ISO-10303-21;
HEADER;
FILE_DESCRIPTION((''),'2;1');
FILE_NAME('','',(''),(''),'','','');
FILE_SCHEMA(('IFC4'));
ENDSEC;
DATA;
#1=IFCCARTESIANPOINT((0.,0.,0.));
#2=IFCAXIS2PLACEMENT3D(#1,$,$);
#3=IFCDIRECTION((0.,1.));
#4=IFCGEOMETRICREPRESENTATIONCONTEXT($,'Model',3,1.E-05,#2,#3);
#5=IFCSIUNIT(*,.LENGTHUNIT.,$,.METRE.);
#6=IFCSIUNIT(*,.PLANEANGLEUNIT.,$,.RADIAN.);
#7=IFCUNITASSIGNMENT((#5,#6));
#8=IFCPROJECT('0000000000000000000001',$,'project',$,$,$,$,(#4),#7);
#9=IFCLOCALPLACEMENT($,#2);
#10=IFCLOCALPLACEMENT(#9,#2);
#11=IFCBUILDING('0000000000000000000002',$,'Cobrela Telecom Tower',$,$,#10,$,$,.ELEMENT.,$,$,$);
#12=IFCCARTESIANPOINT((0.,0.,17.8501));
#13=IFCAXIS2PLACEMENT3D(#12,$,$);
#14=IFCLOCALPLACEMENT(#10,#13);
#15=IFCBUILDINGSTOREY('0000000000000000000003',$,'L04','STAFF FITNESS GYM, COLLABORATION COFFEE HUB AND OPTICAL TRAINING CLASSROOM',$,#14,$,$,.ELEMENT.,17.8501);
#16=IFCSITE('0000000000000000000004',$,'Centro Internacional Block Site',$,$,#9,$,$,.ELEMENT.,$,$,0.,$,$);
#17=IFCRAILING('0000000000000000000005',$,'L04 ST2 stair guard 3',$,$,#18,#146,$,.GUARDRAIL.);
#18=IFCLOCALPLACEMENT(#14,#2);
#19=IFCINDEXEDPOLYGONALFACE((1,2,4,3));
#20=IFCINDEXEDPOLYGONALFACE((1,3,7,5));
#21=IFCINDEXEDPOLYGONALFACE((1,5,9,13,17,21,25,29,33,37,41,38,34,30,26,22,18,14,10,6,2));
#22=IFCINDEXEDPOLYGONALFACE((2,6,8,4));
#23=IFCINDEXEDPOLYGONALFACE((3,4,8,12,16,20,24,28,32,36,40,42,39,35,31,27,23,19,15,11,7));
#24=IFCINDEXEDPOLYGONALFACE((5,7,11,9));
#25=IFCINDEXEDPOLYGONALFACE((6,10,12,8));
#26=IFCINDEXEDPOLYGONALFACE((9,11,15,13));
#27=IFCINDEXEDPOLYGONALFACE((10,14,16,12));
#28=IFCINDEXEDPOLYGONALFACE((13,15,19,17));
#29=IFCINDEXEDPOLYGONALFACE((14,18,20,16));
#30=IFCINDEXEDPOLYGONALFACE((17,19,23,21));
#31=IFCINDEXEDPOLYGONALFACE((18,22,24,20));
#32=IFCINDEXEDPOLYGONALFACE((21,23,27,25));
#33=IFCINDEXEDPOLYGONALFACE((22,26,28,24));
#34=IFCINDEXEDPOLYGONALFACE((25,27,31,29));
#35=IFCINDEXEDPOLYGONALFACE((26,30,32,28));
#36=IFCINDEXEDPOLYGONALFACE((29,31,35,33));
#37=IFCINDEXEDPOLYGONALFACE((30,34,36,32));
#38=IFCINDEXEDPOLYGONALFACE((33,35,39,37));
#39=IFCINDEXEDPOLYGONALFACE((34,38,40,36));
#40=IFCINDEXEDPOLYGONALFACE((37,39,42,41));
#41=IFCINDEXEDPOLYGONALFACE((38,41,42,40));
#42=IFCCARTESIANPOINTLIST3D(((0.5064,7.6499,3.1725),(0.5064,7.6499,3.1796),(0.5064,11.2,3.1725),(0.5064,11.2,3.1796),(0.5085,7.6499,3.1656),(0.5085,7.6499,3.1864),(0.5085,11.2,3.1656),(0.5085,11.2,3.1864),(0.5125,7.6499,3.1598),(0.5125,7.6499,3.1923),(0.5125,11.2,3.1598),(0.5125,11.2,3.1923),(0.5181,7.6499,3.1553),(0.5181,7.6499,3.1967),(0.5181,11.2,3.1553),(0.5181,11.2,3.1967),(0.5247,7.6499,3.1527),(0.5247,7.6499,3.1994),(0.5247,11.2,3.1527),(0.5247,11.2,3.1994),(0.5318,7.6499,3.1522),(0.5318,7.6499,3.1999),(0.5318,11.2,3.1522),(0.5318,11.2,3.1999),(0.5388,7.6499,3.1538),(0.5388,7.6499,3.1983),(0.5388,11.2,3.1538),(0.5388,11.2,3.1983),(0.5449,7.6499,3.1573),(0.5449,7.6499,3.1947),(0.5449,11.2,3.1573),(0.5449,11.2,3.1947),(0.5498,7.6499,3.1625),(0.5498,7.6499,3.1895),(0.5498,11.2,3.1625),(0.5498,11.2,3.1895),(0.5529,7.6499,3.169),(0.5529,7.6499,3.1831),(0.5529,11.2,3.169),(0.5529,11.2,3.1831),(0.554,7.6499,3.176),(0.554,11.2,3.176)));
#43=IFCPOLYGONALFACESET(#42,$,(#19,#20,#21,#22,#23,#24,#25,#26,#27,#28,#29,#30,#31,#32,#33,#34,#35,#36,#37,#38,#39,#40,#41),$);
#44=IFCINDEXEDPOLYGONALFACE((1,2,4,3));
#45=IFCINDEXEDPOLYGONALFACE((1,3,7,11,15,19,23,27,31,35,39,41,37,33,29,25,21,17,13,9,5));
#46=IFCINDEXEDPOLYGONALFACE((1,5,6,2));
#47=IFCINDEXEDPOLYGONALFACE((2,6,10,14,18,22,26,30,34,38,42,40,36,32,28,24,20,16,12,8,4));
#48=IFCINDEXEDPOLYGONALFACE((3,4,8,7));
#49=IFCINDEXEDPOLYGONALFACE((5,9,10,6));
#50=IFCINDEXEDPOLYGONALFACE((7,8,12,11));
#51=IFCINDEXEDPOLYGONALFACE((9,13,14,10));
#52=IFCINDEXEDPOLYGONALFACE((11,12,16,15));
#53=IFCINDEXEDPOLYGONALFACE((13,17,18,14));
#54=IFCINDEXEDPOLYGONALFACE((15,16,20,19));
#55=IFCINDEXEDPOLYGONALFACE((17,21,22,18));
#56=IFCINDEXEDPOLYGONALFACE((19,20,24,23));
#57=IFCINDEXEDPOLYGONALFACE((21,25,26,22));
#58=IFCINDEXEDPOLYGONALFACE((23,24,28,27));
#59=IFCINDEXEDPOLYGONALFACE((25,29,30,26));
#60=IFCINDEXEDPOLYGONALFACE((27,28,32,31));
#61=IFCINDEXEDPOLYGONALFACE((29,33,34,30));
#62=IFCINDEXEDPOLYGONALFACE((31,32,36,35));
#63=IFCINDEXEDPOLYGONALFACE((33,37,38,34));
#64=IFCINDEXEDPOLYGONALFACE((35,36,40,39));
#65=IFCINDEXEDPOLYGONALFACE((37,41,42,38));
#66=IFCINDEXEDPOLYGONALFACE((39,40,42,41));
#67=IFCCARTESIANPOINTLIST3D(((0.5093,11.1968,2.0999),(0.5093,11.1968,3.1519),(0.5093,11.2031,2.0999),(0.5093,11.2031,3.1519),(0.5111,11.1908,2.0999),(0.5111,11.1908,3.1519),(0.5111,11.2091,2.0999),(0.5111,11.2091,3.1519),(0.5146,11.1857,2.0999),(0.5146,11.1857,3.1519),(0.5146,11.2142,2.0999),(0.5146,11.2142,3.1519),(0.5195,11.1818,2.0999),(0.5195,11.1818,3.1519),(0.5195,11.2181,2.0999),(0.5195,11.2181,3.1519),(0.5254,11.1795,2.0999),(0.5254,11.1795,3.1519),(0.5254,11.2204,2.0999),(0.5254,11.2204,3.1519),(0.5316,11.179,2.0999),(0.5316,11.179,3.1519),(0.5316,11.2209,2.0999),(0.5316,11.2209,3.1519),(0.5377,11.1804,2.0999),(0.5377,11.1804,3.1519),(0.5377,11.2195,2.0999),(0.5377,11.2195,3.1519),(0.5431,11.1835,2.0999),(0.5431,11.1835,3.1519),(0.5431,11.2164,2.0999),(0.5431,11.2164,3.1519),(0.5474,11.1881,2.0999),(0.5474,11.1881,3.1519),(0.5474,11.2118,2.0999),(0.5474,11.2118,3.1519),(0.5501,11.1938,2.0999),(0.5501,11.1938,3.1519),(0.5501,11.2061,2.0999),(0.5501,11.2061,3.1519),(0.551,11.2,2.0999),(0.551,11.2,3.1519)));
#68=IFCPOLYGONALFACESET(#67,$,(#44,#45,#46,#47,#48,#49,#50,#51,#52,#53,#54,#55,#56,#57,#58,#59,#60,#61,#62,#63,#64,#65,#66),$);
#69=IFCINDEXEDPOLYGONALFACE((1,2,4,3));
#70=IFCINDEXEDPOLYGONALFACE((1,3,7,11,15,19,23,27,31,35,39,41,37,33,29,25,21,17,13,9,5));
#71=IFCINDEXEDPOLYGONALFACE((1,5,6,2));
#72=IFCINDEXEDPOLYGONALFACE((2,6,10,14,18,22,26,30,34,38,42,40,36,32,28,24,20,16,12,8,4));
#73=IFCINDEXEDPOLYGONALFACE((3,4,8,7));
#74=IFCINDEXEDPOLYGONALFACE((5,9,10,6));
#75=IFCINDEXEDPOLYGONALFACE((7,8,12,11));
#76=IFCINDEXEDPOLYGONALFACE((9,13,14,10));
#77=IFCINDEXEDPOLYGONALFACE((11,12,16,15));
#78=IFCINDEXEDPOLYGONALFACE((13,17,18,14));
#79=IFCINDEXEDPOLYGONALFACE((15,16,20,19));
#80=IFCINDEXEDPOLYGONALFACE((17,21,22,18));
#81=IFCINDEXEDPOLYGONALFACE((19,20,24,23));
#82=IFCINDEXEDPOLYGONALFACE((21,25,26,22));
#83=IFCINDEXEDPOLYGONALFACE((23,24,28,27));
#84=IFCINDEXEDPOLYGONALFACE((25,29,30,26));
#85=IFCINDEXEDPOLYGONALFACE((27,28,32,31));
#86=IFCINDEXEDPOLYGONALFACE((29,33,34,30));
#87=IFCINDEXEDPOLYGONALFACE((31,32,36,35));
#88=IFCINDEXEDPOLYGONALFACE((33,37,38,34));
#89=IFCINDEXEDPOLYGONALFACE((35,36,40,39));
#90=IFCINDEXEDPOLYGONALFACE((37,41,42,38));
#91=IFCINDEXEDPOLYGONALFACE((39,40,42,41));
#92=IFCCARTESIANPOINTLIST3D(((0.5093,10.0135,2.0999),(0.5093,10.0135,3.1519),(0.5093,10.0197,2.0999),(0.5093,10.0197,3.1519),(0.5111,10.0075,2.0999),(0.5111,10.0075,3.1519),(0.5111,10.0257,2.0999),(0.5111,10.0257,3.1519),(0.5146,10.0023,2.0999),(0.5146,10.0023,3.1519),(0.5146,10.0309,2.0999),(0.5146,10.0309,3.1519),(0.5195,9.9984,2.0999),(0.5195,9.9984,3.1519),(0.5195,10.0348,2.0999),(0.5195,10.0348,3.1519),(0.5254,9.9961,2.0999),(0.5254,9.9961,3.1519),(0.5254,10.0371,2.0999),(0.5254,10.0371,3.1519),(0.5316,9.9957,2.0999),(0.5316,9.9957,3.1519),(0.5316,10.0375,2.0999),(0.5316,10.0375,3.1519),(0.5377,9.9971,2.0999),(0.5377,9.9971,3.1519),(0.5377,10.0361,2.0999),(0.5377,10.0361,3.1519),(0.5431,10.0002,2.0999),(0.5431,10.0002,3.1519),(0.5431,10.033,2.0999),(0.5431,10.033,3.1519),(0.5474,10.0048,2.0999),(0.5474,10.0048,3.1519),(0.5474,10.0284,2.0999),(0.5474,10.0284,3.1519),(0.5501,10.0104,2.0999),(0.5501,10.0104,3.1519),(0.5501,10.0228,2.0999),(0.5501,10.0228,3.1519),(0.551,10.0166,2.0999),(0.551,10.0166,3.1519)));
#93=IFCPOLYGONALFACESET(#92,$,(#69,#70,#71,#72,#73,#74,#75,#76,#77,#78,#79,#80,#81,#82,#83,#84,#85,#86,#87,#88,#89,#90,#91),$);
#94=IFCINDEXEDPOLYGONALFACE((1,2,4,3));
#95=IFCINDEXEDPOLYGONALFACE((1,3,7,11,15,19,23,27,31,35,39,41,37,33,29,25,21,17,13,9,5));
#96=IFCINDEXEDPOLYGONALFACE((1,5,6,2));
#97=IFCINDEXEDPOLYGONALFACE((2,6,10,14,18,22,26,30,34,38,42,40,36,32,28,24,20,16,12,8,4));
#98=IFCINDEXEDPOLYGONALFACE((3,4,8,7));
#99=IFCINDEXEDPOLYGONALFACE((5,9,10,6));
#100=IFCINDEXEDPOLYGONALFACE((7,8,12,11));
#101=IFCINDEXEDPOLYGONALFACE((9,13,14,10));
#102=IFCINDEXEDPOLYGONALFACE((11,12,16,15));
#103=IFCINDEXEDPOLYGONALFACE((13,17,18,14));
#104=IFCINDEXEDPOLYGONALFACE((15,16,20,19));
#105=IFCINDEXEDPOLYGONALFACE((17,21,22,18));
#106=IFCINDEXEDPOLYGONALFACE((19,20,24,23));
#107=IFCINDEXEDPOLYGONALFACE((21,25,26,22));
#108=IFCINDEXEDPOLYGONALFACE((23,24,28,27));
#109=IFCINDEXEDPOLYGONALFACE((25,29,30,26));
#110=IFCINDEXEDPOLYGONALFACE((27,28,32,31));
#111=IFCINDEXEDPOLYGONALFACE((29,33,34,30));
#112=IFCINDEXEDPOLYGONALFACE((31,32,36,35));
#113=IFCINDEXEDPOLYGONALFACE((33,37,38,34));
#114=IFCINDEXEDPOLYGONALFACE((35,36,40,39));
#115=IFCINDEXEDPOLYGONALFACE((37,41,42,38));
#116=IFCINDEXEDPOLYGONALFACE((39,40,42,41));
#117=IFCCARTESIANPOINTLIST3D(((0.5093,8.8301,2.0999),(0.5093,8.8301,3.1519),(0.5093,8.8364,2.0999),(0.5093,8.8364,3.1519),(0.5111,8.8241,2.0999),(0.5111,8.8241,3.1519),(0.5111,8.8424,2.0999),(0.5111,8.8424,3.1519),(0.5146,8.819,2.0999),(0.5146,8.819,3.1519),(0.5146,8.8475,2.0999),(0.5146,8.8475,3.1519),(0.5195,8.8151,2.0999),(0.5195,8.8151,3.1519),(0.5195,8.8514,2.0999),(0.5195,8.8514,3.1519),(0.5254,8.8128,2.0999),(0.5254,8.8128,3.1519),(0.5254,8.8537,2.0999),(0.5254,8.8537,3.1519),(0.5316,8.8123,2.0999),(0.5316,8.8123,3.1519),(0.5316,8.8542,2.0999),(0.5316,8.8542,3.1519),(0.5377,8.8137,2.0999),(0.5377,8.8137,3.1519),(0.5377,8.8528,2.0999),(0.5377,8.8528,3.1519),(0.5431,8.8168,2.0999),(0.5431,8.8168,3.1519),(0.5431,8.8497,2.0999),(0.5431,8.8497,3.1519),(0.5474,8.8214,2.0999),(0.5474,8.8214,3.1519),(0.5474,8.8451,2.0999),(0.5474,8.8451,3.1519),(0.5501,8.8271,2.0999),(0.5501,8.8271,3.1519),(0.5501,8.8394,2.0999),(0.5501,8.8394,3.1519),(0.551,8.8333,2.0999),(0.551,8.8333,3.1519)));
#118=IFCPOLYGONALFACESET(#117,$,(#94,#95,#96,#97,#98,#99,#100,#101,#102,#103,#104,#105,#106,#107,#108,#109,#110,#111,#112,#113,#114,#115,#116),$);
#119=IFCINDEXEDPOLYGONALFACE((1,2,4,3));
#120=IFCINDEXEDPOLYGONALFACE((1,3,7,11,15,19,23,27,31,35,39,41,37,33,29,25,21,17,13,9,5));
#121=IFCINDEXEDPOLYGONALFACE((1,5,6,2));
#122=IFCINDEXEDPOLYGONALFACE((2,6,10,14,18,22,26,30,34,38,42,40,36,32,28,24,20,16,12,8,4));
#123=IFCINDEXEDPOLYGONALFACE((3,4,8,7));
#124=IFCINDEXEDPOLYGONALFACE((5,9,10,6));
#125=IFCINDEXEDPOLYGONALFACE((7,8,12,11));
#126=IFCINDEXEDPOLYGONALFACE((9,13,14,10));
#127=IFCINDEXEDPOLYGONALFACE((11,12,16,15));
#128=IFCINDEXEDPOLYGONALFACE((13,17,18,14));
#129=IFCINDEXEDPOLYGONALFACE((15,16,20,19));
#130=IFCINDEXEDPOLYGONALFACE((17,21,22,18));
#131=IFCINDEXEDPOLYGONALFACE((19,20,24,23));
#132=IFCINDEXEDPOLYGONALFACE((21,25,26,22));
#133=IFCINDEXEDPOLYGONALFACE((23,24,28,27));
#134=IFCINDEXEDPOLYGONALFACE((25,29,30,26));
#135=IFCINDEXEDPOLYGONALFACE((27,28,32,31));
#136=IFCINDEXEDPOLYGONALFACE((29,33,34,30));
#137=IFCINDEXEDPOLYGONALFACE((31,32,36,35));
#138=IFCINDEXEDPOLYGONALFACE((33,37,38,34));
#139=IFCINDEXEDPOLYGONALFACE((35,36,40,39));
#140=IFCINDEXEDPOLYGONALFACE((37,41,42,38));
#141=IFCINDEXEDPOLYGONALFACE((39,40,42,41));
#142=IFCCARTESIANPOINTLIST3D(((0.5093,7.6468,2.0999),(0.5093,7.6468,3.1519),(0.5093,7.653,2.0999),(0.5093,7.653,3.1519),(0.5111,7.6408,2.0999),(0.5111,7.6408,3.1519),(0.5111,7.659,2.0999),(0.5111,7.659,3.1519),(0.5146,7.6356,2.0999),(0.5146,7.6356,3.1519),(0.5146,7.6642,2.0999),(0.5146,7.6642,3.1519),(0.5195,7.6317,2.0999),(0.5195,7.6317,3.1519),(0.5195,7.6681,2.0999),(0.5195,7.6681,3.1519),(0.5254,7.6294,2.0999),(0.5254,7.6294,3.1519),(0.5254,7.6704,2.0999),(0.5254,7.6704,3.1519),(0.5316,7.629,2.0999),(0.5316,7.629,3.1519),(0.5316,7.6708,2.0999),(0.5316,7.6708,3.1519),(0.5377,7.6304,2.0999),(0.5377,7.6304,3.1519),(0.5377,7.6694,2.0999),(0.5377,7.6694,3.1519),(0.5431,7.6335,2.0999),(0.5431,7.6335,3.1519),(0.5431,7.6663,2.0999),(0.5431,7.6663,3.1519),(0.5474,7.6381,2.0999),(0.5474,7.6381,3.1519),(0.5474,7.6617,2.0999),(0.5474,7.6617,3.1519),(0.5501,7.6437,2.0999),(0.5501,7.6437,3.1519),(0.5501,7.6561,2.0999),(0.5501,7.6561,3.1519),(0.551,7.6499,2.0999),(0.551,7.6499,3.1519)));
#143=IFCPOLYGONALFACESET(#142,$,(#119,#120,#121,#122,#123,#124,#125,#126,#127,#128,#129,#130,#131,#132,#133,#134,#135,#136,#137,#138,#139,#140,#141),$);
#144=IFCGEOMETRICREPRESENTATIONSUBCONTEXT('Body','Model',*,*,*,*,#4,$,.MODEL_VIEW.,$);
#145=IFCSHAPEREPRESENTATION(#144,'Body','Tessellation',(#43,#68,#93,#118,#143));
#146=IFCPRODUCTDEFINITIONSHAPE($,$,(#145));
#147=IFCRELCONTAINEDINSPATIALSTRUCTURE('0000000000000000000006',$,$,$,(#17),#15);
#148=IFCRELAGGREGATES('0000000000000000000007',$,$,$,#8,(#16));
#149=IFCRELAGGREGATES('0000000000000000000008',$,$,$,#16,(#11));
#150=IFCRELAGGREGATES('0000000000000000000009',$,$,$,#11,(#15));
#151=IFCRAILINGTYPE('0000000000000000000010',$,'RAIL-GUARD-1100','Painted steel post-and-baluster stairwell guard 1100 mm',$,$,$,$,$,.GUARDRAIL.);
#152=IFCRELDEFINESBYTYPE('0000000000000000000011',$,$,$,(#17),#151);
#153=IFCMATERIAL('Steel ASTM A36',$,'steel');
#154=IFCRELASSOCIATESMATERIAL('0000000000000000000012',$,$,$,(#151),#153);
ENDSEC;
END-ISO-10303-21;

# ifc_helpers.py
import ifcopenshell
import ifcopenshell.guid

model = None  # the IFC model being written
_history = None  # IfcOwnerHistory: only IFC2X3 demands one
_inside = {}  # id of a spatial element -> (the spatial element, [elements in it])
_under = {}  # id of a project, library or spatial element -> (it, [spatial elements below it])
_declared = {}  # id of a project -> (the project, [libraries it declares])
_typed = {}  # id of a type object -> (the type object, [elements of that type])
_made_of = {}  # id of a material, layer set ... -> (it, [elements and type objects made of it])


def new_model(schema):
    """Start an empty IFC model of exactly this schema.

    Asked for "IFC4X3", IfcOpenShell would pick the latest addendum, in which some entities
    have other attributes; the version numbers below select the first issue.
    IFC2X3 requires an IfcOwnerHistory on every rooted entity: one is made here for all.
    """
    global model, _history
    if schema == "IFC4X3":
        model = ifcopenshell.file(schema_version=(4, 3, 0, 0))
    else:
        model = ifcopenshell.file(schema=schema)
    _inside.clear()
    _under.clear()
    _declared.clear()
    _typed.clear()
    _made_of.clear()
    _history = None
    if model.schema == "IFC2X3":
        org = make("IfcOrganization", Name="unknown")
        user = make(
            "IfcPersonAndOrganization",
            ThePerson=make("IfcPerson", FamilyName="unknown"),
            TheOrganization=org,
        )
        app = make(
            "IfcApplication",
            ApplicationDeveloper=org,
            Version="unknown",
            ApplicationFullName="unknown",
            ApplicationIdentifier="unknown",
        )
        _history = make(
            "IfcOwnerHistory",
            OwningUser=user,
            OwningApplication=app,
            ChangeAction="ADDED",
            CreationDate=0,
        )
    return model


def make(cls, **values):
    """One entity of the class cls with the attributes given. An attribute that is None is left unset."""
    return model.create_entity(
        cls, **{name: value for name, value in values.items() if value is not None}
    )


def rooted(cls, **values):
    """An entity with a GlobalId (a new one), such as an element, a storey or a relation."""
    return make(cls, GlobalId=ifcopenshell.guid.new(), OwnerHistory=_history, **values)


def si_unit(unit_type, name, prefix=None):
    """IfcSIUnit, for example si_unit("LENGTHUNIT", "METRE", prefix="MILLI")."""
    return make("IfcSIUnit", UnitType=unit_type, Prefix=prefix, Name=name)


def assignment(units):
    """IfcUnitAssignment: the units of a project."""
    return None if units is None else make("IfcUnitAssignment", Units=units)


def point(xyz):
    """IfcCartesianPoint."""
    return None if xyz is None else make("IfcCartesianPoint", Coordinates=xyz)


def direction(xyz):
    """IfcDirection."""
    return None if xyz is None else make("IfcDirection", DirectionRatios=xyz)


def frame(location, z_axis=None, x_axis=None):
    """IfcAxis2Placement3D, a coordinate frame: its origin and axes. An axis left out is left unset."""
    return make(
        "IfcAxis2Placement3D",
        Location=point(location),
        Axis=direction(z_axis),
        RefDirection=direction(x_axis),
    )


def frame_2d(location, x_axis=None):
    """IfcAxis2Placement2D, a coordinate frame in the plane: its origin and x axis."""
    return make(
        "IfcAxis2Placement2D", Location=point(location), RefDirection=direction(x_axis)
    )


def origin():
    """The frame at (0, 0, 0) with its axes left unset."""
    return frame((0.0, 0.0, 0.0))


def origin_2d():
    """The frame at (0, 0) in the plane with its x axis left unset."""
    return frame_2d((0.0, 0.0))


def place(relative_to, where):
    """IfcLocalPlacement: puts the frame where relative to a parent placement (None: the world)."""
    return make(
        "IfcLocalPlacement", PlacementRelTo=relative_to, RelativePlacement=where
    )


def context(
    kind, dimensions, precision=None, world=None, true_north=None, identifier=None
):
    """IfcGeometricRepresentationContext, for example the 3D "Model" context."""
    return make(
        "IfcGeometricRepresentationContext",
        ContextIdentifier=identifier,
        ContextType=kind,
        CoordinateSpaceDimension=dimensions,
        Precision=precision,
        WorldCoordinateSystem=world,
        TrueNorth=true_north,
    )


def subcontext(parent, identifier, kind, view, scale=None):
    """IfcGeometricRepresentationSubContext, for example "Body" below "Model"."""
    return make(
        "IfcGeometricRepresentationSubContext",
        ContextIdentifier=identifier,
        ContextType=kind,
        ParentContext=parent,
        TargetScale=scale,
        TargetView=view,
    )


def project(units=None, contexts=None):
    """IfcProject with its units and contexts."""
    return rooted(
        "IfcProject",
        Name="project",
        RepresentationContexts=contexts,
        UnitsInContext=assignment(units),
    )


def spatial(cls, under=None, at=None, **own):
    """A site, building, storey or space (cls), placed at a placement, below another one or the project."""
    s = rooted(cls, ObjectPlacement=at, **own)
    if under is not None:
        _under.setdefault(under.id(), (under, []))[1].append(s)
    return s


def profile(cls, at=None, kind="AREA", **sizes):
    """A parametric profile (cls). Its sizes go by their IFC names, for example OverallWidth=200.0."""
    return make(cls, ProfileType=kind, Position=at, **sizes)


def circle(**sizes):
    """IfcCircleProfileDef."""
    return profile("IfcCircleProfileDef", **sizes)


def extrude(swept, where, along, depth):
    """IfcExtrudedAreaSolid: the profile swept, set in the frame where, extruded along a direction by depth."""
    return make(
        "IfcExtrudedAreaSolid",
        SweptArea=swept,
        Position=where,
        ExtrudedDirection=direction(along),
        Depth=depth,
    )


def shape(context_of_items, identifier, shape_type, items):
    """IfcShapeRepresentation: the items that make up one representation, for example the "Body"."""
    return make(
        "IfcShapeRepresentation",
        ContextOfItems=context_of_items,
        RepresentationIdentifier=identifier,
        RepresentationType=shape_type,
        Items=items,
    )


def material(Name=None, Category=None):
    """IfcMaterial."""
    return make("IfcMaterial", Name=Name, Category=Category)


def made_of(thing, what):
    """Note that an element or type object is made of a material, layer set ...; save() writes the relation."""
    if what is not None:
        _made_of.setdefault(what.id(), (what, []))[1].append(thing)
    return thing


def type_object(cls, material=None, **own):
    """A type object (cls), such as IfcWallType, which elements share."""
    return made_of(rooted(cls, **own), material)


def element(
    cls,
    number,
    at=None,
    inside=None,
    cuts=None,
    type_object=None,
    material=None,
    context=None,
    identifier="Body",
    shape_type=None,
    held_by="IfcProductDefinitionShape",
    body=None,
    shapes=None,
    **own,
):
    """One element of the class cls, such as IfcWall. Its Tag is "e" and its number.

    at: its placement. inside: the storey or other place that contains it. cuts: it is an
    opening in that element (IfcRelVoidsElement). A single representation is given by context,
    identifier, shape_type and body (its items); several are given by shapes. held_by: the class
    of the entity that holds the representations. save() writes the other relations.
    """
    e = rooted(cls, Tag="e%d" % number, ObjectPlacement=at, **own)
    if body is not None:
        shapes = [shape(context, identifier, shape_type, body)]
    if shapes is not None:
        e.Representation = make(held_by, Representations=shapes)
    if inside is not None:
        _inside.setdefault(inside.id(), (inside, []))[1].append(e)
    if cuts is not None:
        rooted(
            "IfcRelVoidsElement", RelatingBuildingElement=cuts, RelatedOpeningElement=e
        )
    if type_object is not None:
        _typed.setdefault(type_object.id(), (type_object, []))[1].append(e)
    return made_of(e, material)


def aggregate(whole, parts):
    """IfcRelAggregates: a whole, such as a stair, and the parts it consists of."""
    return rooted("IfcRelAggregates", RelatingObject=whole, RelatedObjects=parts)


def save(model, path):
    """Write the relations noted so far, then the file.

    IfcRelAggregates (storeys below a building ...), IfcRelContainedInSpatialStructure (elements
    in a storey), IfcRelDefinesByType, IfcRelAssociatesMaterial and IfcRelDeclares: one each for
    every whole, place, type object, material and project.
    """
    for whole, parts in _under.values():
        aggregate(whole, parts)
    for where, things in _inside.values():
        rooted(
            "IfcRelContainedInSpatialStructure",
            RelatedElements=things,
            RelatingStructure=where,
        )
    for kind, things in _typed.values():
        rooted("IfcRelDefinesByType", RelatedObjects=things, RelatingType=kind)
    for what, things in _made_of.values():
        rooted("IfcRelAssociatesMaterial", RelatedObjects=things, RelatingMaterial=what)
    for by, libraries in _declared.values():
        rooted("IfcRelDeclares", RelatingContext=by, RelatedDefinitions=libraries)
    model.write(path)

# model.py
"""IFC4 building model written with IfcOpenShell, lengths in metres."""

from ifc_helpers import new_model, si_unit, direction, frame, origin, origin_2d, place, context, subcontext, project, spatial, circle, extrude, material, type_object, element, save


model = new_model("IFC4")

# Units and contexts
model_context = context("Model", 3, precision=1e-05, world=origin(), true_north=direction((0.0, 1.0)))
body_context = subcontext(model_context, "Body", "Model", "MODEL_VIEW")
ifc_project = project(units=[si_unit("LENGTHUNIT", "METRE"), si_unit("PLANEANGLEUNIT", "RADIAN")], contexts=[model_context])

# Site, building, storey
site_placement = place(None, origin())
site = spatial("IfcSite", under=ifc_project, at=site_placement, Name="Centro Internacional Block Site", CompositionType="ELEMENT", RefElevation=0.0)
building_placement = place(site_placement, origin())
building = spatial("IfcBuilding", under=site, at=building_placement, Name="Cobrela Telecom Tower", CompositionType="ELEMENT")
storey_placement = place(building_placement, frame((0.0, 0.0, 17.8501)))
storey = spatial("IfcBuildingStorey", under=building, at=storey_placement, Name="L04", Description="STAFF FITNESS GYM, COLLABORATION COFFEE HUB AND OPTICAL TRAINING CLASSROOM", CompositionType="ELEMENT", Elevation=17.8501)

# Railing
ifc_material_1 = material(Name="Steel ASTM A36", Category="steel")
railing_type_1 = type_object("IfcRailingType", Name="RAIL-GUARD-1100", Description="Painted steel post-and-baluster stairwell guard 1100 mm", PredefinedType="GUARDRAIL", material=ifc_material_1)
railing_1_placement = place(storey_placement, frame((0.53, 11.2, 2.0999)))
element("IfcRailing", 1, at=railing_1_placement, inside=storey, type_object=railing_type_1, Name="L04 ST2 stair guard 3", PredefinedType="GUARDRAIL", context=body_context, shape_type="SweptSolid", body=[
    extrude(circle(Radius=0.0239, at=origin_2d()), frame((0.0, 0.0, 1.0762), z_axis=(0.0, -1.0, 0.0), x_axis=(1.0, 0.0, 0.0)), (0.0, 0.0, 1.0), 3.55),
    extrude(circle(Radius=0.021, at=origin_2d()), origin(), (0.0, 0.0, 1.0), 1.052),
    extrude(circle(Radius=0.021, at=origin_2d()), frame((0.0, -1.1833, 0.0)), (0.0, 0.0, 1.0), 1.052),
    extrude(circle(Radius=0.021, at=origin_2d()), frame((0.0, -2.3667, 0.0)), (0.0, 0.0, 1.0), 1.052),
    extrude(circle(Radius=0.021, at=origin_2d()), frame((0.0, -3.55, 0.0)), (0.0, 0.0, 1.0), 1.052),
])

save(model, "model.ifc")
